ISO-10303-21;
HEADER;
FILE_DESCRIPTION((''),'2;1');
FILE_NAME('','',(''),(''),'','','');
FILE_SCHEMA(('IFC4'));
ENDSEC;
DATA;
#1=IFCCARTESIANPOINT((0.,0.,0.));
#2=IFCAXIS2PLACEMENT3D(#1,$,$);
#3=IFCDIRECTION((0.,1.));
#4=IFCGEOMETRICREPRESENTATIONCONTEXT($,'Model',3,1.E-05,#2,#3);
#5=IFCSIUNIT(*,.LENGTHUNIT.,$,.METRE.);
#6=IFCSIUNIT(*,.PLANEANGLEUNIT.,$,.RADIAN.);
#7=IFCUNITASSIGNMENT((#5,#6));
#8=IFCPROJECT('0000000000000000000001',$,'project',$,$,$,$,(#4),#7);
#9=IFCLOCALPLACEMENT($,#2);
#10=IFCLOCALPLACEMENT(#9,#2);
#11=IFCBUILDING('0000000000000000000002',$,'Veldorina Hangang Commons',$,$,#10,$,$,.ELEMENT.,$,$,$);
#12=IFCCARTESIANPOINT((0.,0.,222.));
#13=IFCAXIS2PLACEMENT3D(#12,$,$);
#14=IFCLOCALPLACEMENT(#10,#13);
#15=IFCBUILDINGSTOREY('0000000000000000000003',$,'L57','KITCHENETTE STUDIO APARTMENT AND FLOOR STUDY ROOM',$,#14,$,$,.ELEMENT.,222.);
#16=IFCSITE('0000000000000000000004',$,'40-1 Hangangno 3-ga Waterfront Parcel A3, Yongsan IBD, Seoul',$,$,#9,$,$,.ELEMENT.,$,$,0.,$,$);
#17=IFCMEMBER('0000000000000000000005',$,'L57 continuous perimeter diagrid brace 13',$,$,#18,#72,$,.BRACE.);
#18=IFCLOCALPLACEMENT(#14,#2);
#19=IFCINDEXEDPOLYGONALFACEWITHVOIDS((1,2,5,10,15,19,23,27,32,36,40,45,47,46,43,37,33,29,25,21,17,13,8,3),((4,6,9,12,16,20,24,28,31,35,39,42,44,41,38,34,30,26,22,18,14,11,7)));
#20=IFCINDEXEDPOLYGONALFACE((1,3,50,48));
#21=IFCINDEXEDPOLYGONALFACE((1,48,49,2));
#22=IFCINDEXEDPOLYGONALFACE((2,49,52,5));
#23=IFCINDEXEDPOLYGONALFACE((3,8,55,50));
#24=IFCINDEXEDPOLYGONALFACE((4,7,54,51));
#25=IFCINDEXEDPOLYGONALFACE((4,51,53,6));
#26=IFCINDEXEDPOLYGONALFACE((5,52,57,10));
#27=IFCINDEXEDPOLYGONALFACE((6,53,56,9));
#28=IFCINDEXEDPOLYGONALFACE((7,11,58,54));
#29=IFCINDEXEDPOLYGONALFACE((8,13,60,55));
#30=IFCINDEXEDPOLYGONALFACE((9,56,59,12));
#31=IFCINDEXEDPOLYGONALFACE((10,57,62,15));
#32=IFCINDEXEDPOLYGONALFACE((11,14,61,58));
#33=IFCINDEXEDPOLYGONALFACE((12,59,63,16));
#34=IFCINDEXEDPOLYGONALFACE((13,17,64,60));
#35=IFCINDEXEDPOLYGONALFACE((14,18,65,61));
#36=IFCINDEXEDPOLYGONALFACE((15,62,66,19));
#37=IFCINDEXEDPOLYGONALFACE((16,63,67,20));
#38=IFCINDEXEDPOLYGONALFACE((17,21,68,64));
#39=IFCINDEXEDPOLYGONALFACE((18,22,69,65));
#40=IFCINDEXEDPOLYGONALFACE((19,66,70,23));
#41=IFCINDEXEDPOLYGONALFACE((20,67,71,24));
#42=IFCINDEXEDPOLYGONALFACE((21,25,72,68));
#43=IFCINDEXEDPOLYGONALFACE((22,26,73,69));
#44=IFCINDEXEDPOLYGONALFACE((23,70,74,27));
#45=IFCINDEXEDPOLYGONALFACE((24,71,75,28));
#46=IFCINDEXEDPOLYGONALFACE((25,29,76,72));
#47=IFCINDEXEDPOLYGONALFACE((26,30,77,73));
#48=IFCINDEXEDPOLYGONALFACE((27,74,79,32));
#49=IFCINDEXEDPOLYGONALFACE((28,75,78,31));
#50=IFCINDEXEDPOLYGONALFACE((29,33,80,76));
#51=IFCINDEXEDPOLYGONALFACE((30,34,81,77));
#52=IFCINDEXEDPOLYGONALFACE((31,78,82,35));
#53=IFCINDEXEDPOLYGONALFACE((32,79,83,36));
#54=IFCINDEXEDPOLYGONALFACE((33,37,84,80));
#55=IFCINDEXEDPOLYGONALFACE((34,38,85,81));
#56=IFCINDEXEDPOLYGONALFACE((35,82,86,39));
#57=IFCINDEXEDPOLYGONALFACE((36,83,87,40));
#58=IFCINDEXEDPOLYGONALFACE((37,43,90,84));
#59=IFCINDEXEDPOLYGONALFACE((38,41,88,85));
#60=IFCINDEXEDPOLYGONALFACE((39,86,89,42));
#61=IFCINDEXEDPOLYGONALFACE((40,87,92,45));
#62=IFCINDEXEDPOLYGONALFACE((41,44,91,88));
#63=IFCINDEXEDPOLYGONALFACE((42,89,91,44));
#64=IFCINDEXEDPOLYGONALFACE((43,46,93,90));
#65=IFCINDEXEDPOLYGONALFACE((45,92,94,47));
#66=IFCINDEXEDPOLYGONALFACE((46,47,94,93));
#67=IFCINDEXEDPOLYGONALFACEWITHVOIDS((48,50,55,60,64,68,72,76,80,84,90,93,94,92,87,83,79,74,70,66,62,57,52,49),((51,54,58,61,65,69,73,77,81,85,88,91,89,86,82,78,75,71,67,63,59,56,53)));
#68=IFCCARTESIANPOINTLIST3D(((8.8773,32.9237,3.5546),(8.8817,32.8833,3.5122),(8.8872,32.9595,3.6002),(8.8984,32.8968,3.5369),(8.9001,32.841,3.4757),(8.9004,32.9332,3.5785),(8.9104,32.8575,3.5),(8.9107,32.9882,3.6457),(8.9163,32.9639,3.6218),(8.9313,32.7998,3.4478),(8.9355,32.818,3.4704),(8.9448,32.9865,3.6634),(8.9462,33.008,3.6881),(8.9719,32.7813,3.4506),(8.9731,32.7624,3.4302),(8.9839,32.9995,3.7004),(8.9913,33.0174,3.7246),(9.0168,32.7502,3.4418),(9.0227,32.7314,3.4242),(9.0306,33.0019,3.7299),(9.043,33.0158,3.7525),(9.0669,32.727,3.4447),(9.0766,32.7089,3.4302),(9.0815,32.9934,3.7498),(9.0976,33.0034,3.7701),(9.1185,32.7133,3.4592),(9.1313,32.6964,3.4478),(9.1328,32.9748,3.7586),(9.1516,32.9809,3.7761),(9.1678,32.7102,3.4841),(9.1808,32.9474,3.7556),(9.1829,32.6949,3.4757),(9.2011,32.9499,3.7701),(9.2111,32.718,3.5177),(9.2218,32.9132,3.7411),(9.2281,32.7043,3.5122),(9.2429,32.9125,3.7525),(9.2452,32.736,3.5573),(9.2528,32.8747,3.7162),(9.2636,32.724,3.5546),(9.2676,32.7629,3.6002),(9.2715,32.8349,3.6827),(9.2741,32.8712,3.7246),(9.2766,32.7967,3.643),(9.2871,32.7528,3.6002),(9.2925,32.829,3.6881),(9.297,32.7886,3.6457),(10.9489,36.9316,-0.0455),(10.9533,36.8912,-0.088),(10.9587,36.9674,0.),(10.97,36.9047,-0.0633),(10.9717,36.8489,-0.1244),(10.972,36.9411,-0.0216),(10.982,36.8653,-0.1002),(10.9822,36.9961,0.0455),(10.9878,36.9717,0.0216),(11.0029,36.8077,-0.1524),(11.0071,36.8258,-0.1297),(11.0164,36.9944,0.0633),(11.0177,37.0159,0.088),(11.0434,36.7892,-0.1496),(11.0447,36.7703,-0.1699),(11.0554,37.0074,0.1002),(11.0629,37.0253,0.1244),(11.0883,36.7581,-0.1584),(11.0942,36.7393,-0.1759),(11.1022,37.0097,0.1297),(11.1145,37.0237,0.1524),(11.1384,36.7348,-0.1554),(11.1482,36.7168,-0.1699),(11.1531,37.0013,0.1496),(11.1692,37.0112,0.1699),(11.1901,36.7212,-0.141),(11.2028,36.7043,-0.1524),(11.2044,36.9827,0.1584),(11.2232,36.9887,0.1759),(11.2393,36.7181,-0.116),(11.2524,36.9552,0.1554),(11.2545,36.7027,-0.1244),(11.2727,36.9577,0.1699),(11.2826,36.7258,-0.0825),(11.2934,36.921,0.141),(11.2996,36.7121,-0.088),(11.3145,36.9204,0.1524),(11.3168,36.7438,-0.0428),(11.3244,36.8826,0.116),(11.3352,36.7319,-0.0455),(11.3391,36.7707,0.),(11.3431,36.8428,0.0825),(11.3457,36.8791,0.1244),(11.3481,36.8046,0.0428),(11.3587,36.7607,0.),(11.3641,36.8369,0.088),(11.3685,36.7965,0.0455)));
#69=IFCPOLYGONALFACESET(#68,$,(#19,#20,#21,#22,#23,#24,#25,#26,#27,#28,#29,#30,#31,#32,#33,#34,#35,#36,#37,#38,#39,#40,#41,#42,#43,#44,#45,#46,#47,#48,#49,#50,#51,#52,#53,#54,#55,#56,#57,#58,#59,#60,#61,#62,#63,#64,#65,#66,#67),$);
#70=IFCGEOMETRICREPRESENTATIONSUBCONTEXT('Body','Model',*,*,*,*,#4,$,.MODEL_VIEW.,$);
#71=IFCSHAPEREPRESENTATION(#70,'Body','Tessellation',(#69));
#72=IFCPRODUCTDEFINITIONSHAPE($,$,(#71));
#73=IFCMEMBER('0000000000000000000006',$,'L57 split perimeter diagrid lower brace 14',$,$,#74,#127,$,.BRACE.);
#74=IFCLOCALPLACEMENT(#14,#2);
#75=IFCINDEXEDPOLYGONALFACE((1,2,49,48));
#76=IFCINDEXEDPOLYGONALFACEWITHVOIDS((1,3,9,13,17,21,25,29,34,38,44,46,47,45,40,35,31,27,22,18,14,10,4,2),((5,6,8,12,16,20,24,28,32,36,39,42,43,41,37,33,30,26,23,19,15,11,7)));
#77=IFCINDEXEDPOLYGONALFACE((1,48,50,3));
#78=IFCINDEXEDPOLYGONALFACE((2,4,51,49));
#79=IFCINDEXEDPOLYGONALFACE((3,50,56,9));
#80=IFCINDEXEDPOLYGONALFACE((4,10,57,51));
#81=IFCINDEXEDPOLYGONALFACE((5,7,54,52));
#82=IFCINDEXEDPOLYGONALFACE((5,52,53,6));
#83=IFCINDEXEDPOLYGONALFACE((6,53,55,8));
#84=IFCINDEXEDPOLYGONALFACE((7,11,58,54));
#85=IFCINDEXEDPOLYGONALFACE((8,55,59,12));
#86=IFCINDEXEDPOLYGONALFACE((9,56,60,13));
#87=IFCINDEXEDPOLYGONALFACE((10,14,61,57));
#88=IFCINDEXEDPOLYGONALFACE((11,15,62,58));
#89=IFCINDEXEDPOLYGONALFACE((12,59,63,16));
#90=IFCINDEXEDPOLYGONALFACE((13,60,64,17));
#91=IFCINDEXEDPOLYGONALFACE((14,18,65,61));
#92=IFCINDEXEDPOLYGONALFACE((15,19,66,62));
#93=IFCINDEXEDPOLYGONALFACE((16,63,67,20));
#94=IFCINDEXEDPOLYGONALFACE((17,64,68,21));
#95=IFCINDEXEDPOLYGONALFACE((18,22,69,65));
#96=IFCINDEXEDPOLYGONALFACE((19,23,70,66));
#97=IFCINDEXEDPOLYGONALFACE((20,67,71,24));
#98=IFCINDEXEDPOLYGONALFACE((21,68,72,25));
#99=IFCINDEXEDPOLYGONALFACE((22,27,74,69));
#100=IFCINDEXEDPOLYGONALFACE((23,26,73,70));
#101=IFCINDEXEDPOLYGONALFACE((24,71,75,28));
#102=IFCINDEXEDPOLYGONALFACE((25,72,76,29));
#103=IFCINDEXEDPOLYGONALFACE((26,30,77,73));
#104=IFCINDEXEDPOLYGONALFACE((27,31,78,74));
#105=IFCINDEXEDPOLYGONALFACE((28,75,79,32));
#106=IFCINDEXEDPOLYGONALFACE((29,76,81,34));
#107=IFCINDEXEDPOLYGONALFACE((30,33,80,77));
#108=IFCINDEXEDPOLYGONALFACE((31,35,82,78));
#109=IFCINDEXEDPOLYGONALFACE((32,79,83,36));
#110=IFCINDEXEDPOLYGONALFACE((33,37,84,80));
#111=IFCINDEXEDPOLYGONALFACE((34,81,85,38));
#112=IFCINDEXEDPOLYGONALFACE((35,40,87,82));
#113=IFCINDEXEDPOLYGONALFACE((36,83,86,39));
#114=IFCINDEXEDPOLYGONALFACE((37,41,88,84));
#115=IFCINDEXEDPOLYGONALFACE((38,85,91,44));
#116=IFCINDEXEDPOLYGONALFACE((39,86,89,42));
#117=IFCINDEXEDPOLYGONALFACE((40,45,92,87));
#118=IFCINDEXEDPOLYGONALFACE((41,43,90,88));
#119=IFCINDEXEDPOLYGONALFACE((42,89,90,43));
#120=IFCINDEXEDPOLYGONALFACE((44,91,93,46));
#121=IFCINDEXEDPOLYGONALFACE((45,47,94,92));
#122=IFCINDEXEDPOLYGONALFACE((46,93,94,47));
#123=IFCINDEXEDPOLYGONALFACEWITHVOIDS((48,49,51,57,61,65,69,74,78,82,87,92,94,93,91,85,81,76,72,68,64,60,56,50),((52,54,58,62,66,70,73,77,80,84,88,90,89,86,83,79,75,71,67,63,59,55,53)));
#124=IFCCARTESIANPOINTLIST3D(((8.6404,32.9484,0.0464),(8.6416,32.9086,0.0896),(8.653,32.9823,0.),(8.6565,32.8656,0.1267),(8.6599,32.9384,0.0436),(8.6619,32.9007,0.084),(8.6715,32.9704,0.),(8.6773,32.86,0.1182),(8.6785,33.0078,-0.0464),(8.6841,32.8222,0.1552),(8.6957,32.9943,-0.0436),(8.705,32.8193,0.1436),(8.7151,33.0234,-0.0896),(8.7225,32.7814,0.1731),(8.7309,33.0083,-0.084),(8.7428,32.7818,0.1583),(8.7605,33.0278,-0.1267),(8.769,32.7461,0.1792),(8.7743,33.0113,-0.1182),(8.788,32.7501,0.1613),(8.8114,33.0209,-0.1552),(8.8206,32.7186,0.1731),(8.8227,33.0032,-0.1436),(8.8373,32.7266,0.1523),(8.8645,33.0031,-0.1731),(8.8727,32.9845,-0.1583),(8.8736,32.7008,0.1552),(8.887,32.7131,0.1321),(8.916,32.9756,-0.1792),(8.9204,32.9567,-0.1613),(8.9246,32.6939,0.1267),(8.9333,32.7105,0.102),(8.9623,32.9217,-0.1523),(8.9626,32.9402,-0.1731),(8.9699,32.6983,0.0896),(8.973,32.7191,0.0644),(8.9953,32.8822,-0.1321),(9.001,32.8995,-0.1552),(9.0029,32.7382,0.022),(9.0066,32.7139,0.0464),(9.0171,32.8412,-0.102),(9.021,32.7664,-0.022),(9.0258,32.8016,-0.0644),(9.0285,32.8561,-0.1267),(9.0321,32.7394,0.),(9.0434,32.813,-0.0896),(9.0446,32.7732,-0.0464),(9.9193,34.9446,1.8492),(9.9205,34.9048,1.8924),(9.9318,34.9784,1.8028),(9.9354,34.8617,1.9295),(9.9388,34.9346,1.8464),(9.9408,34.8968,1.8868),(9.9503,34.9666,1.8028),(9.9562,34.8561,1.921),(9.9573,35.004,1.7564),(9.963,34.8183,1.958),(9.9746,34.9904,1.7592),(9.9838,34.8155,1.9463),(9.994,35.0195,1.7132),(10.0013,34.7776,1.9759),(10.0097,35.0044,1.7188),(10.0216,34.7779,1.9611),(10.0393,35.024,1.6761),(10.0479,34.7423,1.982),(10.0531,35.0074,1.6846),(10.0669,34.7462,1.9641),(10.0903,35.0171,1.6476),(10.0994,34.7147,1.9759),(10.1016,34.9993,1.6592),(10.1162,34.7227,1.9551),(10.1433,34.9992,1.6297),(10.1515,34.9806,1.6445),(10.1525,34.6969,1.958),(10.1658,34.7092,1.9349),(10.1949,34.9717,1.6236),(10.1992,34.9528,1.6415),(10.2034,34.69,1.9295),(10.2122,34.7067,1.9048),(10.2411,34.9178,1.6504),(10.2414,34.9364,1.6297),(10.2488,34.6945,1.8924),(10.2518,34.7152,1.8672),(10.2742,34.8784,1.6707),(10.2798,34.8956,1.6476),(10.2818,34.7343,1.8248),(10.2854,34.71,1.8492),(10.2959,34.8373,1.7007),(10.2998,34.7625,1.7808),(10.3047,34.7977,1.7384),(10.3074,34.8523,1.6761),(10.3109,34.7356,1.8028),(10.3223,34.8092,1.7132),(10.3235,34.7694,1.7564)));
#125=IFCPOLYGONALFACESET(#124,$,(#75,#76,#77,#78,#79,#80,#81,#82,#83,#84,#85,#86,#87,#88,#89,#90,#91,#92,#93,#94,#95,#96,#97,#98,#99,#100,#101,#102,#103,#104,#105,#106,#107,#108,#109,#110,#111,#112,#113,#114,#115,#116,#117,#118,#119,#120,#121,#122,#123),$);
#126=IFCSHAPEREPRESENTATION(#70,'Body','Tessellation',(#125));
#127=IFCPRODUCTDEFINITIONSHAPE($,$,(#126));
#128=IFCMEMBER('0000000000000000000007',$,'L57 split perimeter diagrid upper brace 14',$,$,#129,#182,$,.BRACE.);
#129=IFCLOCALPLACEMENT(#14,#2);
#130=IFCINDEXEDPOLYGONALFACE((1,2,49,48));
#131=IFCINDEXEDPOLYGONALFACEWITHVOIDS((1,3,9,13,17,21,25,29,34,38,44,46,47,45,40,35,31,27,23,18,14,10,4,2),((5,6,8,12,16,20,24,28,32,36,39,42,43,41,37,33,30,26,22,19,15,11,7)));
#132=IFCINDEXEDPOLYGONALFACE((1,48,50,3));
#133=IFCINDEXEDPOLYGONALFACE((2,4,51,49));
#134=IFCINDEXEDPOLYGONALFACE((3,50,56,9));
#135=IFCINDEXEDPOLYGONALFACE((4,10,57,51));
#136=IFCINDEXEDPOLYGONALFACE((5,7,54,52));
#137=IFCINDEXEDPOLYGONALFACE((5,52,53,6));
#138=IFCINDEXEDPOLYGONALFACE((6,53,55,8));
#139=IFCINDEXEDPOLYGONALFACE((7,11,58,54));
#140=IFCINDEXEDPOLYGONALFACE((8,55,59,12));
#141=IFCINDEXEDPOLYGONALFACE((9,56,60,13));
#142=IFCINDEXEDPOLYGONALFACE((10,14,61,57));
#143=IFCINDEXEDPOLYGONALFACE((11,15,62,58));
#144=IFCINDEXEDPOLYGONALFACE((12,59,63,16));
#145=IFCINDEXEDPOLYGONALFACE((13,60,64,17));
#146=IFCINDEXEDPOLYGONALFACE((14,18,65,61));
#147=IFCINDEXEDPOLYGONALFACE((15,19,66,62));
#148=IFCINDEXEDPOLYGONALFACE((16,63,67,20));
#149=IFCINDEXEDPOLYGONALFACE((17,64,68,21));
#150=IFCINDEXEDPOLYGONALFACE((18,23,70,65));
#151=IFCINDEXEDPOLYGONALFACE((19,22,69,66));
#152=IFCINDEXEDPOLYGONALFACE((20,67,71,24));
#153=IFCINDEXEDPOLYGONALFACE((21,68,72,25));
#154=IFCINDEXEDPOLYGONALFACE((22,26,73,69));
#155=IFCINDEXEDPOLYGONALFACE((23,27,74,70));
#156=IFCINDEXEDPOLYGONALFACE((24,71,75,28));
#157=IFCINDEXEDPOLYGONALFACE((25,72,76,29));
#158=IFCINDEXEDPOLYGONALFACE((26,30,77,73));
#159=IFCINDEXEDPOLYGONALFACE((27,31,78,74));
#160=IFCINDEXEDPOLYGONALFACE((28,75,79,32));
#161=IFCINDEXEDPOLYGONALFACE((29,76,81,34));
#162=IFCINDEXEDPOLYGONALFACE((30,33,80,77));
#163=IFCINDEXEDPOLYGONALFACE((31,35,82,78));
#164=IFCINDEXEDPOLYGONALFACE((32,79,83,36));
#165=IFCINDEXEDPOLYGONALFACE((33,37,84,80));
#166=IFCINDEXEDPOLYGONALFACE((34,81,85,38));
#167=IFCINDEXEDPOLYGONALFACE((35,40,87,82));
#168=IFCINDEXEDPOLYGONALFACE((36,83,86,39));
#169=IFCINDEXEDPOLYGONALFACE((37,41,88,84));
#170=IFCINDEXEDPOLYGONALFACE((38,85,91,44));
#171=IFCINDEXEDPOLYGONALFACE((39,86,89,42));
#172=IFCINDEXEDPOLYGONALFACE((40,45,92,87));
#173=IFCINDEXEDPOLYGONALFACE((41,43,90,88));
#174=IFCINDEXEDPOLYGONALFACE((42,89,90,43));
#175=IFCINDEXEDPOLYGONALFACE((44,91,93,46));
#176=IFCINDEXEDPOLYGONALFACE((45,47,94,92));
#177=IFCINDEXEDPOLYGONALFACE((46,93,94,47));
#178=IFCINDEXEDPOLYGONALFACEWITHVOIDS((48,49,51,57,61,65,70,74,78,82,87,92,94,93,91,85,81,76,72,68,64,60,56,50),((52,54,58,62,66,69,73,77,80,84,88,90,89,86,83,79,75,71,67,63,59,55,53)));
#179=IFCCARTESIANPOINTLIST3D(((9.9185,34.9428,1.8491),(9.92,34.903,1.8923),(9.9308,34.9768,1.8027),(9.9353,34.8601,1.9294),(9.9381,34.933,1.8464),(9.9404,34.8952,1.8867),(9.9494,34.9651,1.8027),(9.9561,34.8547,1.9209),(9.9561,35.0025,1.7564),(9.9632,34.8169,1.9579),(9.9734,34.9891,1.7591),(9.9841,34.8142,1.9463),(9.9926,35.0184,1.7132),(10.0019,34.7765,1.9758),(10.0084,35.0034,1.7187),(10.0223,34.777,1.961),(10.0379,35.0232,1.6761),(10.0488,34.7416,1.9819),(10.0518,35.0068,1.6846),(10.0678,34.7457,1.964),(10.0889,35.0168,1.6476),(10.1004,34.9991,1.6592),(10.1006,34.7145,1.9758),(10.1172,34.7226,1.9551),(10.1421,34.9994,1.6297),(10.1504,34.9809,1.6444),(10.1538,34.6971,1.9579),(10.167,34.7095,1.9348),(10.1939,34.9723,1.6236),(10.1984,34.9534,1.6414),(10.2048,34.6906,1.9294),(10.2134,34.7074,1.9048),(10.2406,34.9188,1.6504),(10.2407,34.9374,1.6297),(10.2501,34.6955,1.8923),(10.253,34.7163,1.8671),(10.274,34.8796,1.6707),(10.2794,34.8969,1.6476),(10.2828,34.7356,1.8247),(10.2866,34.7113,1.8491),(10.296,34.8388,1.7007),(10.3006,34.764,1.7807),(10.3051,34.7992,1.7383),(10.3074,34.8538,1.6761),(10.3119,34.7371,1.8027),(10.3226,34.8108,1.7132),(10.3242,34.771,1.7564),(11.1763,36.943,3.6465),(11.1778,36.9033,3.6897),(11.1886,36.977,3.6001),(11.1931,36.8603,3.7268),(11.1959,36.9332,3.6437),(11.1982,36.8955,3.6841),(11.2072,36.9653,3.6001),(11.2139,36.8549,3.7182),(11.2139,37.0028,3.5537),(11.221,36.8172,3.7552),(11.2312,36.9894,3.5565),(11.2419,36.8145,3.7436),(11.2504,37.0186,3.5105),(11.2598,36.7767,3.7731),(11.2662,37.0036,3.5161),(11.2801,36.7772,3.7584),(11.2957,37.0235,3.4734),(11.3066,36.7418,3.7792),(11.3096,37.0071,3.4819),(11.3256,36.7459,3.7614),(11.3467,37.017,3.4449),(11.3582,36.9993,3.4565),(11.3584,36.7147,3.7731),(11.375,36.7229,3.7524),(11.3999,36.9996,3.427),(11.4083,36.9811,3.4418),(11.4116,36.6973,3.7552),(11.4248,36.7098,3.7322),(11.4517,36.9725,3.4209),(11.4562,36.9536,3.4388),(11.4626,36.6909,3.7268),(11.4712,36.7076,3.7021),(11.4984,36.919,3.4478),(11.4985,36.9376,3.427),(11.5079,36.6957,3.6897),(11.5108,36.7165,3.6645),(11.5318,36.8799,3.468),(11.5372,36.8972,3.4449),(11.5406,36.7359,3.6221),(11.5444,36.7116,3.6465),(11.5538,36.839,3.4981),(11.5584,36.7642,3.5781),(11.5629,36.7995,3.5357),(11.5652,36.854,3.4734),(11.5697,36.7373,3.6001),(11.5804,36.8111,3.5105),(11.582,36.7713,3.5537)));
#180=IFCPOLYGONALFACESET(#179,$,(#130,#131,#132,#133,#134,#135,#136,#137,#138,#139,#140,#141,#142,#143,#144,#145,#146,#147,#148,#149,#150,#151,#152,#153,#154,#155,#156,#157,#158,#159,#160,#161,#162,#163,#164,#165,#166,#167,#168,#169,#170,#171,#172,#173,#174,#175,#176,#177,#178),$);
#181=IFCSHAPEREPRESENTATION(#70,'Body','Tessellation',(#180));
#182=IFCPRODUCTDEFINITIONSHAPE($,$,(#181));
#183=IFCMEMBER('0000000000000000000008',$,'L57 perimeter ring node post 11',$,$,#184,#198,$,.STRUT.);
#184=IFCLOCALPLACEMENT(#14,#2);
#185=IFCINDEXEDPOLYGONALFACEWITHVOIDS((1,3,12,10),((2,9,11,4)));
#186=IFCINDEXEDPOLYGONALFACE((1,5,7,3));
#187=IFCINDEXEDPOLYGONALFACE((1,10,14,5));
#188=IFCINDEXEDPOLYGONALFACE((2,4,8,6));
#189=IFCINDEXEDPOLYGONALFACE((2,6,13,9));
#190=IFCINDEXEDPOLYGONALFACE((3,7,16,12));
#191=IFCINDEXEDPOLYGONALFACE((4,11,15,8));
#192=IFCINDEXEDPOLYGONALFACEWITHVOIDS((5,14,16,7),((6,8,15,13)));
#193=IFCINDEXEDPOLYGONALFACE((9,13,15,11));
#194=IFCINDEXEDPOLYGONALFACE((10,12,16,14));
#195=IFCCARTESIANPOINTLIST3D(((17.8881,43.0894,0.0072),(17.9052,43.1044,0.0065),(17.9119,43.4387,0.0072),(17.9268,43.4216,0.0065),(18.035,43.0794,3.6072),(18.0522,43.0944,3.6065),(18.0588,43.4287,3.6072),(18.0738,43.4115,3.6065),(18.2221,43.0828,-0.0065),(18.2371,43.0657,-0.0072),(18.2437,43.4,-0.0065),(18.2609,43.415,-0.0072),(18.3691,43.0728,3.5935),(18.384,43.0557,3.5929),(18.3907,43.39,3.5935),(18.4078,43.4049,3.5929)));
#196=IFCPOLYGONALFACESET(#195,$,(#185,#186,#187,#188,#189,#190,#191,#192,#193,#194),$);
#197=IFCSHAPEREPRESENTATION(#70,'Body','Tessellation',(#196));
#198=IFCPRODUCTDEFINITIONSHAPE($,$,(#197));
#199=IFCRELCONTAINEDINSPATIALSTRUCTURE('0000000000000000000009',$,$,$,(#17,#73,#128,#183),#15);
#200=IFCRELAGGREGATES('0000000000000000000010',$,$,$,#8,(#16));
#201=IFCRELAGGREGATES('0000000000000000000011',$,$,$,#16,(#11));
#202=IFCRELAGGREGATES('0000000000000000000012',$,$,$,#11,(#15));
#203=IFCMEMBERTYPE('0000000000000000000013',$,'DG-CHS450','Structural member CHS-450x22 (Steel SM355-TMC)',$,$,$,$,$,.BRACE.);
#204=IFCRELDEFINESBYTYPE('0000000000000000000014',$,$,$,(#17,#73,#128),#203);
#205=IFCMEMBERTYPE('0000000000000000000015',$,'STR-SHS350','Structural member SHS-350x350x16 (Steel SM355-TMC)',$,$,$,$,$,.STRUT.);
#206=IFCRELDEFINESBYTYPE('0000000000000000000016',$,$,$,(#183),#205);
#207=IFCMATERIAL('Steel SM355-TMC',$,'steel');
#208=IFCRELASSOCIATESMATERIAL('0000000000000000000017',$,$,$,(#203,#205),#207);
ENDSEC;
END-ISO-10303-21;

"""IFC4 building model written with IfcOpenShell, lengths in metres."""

from ifc_helpers import new_model, si_unit, direction, frame, origin, origin_2d, place, context, subcontext, project, spatial, hollow_rectangle, hollow_circle, extrude, material, material_profile, profile_set, type_object, element, save


model = new_model("IFC4")

# Units and contexts
model_context = context("Model", 3, precision=1e-05, world=origin(), true_north=direction((0.0, 1.0)))
body_context = subcontext(model_context, "Body", "Model", "MODEL_VIEW")
ifc_project = project(units=[si_unit("LENGTHUNIT", "METRE"), si_unit("PLANEANGLEUNIT", "RADIAN")], contexts=[model_context])

# Site, building, storey
site_placement = place(None, origin())
site = spatial("IfcSite", under=ifc_project, at=site_placement, Name="40-1 Hangangno 3-ga Waterfront Parcel A3, Yongsan IBD, Seoul", CompositionType="ELEMENT", RefElevation=0.0)
building_placement = place(site_placement, origin())
building = spatial("IfcBuilding", under=site, at=building_placement, Name="Veldorina Hangang Commons", CompositionType="ELEMENT")
storey_placement = place(building_placement, frame((0.0, 0.0, 222.0)))
storey = spatial("IfcBuildingStorey", under=building, at=storey_placement, Name="L57", Description="KITCHENETTE STUDIO APARTMENT AND FLOOR STUDY ROOM", CompositionType="ELEMENT", Elevation=222.0)

# Shared definitions
ifc_material_1 = material(Name="Steel SM355-TMC", Category="steel")

# Members
ifc_material_profile_1 = material_profile(ifc_material_1, hollow_circle(Radius=0.2251, WallThickness=0.022, at=origin_2d()), Name="CHS-450x22")
ifc_profile_set_1 = profile_set([ifc_material_profile_1], Name="Steel SM355-TMC")
member_type_1 = type_object("IfcMemberType", Name="DG-CHS450", Description="Structural member CHS-450x22 (Steel SM355-TMC)", PredefinedType="BRACE", material=ifc_profile_set_1)
member_1_placement = place(storey_placement, frame((11.1587, 36.864, 0.0), z_axis=(-0.358901, -0.69437, 0.623731), x_axis=(0.888351, -0.459165, 0.0)))
element("IfcMember", 1, at=member_1_placement, inside=storey, type_object=member_type_1, Name="L57 continuous perimeter diagrid brace 13", PredefinedType="BRACE", context=body_context, shape_type="SweptSolid", body=[
    extrude(hollow_circle(Radius=0.2251, WallThickness=0.022, at=origin_2d()), origin(), (0.0, 0.0, 1.0), 5.772),
])
member_2_placement = place(storey_placement, frame((8.8425, 32.8608, 0.0), z_axis=(0.429392, 0.670238, 0.605313), x_axis=(-0.842021, 0.539445, 0.0)))
element("IfcMember", 2, at=member_2_placement, inside=storey, type_object=member_type_1, Name="L57 split perimeter diagrid lower brace 14", PredefinedType="BRACE", context=body_context, shape_type="SweptSolid", body=[
    extrude(hollow_circle(Radius=0.2251, WallThickness=0.022, at=origin_2d()), origin(), (0.0, 0.0, 1.0), 2.9783),
])
member_3_placement = place(storey_placement, frame((10.1213, 34.8569, 1.8027), z_axis=(0.423682, 0.673762, 0.605424), x_axis=(-0.846538, 0.532328, 0.0)))
element("IfcMember", 3, at=member_3_placement, inside=storey, type_object=member_type_1, Name="L57 split perimeter diagrid upper brace 14", PredefinedType="BRACE", context=body_context, shape_type="SweptSolid", body=[
    extrude(hollow_circle(Radius=0.2251, WallThickness=0.022, at=origin_2d()), origin(), (0.0, 0.0, 1.0), 2.9688),
])
ifc_material_profile_2 = material_profile(ifc_material_1, hollow_rectangle(XDim=0.3501, YDim=0.3501, WallThickness=0.0161, at=origin_2d()), Name="SHS-350x350x16")
ifc_profile_set_2 = profile_set([ifc_material_profile_2], Name="Steel SM355-TMC")
member_type_2 = type_object("IfcMemberType", Name="STR-SHS350", Description="Structural member SHS-350x350x16 (Steel SM355-TMC)", PredefinedType="STRUT", material=ifc_profile_set_2)
member_4_placement = place(storey_placement, frame((18.0745, 43.2522, 0.0), z_axis=(0.04079, -0.002778, 0.999164), x_axis=(0.067949, 0.997689, 0.0)))
element("IfcMember", 4, at=member_4_placement, inside=storey, type_object=member_type_2, Name="L57 perimeter ring node post 11", PredefinedType="STRUT", context=body_context, shape_type="SweptSolid", body=[
    extrude(hollow_rectangle(XDim=0.3501, YDim=0.3501, WallThickness=0.0161, at=origin_2d()), origin(), (0.0, 0.0, 1.0), 3.603),
])

save(model, "model.ifc")
